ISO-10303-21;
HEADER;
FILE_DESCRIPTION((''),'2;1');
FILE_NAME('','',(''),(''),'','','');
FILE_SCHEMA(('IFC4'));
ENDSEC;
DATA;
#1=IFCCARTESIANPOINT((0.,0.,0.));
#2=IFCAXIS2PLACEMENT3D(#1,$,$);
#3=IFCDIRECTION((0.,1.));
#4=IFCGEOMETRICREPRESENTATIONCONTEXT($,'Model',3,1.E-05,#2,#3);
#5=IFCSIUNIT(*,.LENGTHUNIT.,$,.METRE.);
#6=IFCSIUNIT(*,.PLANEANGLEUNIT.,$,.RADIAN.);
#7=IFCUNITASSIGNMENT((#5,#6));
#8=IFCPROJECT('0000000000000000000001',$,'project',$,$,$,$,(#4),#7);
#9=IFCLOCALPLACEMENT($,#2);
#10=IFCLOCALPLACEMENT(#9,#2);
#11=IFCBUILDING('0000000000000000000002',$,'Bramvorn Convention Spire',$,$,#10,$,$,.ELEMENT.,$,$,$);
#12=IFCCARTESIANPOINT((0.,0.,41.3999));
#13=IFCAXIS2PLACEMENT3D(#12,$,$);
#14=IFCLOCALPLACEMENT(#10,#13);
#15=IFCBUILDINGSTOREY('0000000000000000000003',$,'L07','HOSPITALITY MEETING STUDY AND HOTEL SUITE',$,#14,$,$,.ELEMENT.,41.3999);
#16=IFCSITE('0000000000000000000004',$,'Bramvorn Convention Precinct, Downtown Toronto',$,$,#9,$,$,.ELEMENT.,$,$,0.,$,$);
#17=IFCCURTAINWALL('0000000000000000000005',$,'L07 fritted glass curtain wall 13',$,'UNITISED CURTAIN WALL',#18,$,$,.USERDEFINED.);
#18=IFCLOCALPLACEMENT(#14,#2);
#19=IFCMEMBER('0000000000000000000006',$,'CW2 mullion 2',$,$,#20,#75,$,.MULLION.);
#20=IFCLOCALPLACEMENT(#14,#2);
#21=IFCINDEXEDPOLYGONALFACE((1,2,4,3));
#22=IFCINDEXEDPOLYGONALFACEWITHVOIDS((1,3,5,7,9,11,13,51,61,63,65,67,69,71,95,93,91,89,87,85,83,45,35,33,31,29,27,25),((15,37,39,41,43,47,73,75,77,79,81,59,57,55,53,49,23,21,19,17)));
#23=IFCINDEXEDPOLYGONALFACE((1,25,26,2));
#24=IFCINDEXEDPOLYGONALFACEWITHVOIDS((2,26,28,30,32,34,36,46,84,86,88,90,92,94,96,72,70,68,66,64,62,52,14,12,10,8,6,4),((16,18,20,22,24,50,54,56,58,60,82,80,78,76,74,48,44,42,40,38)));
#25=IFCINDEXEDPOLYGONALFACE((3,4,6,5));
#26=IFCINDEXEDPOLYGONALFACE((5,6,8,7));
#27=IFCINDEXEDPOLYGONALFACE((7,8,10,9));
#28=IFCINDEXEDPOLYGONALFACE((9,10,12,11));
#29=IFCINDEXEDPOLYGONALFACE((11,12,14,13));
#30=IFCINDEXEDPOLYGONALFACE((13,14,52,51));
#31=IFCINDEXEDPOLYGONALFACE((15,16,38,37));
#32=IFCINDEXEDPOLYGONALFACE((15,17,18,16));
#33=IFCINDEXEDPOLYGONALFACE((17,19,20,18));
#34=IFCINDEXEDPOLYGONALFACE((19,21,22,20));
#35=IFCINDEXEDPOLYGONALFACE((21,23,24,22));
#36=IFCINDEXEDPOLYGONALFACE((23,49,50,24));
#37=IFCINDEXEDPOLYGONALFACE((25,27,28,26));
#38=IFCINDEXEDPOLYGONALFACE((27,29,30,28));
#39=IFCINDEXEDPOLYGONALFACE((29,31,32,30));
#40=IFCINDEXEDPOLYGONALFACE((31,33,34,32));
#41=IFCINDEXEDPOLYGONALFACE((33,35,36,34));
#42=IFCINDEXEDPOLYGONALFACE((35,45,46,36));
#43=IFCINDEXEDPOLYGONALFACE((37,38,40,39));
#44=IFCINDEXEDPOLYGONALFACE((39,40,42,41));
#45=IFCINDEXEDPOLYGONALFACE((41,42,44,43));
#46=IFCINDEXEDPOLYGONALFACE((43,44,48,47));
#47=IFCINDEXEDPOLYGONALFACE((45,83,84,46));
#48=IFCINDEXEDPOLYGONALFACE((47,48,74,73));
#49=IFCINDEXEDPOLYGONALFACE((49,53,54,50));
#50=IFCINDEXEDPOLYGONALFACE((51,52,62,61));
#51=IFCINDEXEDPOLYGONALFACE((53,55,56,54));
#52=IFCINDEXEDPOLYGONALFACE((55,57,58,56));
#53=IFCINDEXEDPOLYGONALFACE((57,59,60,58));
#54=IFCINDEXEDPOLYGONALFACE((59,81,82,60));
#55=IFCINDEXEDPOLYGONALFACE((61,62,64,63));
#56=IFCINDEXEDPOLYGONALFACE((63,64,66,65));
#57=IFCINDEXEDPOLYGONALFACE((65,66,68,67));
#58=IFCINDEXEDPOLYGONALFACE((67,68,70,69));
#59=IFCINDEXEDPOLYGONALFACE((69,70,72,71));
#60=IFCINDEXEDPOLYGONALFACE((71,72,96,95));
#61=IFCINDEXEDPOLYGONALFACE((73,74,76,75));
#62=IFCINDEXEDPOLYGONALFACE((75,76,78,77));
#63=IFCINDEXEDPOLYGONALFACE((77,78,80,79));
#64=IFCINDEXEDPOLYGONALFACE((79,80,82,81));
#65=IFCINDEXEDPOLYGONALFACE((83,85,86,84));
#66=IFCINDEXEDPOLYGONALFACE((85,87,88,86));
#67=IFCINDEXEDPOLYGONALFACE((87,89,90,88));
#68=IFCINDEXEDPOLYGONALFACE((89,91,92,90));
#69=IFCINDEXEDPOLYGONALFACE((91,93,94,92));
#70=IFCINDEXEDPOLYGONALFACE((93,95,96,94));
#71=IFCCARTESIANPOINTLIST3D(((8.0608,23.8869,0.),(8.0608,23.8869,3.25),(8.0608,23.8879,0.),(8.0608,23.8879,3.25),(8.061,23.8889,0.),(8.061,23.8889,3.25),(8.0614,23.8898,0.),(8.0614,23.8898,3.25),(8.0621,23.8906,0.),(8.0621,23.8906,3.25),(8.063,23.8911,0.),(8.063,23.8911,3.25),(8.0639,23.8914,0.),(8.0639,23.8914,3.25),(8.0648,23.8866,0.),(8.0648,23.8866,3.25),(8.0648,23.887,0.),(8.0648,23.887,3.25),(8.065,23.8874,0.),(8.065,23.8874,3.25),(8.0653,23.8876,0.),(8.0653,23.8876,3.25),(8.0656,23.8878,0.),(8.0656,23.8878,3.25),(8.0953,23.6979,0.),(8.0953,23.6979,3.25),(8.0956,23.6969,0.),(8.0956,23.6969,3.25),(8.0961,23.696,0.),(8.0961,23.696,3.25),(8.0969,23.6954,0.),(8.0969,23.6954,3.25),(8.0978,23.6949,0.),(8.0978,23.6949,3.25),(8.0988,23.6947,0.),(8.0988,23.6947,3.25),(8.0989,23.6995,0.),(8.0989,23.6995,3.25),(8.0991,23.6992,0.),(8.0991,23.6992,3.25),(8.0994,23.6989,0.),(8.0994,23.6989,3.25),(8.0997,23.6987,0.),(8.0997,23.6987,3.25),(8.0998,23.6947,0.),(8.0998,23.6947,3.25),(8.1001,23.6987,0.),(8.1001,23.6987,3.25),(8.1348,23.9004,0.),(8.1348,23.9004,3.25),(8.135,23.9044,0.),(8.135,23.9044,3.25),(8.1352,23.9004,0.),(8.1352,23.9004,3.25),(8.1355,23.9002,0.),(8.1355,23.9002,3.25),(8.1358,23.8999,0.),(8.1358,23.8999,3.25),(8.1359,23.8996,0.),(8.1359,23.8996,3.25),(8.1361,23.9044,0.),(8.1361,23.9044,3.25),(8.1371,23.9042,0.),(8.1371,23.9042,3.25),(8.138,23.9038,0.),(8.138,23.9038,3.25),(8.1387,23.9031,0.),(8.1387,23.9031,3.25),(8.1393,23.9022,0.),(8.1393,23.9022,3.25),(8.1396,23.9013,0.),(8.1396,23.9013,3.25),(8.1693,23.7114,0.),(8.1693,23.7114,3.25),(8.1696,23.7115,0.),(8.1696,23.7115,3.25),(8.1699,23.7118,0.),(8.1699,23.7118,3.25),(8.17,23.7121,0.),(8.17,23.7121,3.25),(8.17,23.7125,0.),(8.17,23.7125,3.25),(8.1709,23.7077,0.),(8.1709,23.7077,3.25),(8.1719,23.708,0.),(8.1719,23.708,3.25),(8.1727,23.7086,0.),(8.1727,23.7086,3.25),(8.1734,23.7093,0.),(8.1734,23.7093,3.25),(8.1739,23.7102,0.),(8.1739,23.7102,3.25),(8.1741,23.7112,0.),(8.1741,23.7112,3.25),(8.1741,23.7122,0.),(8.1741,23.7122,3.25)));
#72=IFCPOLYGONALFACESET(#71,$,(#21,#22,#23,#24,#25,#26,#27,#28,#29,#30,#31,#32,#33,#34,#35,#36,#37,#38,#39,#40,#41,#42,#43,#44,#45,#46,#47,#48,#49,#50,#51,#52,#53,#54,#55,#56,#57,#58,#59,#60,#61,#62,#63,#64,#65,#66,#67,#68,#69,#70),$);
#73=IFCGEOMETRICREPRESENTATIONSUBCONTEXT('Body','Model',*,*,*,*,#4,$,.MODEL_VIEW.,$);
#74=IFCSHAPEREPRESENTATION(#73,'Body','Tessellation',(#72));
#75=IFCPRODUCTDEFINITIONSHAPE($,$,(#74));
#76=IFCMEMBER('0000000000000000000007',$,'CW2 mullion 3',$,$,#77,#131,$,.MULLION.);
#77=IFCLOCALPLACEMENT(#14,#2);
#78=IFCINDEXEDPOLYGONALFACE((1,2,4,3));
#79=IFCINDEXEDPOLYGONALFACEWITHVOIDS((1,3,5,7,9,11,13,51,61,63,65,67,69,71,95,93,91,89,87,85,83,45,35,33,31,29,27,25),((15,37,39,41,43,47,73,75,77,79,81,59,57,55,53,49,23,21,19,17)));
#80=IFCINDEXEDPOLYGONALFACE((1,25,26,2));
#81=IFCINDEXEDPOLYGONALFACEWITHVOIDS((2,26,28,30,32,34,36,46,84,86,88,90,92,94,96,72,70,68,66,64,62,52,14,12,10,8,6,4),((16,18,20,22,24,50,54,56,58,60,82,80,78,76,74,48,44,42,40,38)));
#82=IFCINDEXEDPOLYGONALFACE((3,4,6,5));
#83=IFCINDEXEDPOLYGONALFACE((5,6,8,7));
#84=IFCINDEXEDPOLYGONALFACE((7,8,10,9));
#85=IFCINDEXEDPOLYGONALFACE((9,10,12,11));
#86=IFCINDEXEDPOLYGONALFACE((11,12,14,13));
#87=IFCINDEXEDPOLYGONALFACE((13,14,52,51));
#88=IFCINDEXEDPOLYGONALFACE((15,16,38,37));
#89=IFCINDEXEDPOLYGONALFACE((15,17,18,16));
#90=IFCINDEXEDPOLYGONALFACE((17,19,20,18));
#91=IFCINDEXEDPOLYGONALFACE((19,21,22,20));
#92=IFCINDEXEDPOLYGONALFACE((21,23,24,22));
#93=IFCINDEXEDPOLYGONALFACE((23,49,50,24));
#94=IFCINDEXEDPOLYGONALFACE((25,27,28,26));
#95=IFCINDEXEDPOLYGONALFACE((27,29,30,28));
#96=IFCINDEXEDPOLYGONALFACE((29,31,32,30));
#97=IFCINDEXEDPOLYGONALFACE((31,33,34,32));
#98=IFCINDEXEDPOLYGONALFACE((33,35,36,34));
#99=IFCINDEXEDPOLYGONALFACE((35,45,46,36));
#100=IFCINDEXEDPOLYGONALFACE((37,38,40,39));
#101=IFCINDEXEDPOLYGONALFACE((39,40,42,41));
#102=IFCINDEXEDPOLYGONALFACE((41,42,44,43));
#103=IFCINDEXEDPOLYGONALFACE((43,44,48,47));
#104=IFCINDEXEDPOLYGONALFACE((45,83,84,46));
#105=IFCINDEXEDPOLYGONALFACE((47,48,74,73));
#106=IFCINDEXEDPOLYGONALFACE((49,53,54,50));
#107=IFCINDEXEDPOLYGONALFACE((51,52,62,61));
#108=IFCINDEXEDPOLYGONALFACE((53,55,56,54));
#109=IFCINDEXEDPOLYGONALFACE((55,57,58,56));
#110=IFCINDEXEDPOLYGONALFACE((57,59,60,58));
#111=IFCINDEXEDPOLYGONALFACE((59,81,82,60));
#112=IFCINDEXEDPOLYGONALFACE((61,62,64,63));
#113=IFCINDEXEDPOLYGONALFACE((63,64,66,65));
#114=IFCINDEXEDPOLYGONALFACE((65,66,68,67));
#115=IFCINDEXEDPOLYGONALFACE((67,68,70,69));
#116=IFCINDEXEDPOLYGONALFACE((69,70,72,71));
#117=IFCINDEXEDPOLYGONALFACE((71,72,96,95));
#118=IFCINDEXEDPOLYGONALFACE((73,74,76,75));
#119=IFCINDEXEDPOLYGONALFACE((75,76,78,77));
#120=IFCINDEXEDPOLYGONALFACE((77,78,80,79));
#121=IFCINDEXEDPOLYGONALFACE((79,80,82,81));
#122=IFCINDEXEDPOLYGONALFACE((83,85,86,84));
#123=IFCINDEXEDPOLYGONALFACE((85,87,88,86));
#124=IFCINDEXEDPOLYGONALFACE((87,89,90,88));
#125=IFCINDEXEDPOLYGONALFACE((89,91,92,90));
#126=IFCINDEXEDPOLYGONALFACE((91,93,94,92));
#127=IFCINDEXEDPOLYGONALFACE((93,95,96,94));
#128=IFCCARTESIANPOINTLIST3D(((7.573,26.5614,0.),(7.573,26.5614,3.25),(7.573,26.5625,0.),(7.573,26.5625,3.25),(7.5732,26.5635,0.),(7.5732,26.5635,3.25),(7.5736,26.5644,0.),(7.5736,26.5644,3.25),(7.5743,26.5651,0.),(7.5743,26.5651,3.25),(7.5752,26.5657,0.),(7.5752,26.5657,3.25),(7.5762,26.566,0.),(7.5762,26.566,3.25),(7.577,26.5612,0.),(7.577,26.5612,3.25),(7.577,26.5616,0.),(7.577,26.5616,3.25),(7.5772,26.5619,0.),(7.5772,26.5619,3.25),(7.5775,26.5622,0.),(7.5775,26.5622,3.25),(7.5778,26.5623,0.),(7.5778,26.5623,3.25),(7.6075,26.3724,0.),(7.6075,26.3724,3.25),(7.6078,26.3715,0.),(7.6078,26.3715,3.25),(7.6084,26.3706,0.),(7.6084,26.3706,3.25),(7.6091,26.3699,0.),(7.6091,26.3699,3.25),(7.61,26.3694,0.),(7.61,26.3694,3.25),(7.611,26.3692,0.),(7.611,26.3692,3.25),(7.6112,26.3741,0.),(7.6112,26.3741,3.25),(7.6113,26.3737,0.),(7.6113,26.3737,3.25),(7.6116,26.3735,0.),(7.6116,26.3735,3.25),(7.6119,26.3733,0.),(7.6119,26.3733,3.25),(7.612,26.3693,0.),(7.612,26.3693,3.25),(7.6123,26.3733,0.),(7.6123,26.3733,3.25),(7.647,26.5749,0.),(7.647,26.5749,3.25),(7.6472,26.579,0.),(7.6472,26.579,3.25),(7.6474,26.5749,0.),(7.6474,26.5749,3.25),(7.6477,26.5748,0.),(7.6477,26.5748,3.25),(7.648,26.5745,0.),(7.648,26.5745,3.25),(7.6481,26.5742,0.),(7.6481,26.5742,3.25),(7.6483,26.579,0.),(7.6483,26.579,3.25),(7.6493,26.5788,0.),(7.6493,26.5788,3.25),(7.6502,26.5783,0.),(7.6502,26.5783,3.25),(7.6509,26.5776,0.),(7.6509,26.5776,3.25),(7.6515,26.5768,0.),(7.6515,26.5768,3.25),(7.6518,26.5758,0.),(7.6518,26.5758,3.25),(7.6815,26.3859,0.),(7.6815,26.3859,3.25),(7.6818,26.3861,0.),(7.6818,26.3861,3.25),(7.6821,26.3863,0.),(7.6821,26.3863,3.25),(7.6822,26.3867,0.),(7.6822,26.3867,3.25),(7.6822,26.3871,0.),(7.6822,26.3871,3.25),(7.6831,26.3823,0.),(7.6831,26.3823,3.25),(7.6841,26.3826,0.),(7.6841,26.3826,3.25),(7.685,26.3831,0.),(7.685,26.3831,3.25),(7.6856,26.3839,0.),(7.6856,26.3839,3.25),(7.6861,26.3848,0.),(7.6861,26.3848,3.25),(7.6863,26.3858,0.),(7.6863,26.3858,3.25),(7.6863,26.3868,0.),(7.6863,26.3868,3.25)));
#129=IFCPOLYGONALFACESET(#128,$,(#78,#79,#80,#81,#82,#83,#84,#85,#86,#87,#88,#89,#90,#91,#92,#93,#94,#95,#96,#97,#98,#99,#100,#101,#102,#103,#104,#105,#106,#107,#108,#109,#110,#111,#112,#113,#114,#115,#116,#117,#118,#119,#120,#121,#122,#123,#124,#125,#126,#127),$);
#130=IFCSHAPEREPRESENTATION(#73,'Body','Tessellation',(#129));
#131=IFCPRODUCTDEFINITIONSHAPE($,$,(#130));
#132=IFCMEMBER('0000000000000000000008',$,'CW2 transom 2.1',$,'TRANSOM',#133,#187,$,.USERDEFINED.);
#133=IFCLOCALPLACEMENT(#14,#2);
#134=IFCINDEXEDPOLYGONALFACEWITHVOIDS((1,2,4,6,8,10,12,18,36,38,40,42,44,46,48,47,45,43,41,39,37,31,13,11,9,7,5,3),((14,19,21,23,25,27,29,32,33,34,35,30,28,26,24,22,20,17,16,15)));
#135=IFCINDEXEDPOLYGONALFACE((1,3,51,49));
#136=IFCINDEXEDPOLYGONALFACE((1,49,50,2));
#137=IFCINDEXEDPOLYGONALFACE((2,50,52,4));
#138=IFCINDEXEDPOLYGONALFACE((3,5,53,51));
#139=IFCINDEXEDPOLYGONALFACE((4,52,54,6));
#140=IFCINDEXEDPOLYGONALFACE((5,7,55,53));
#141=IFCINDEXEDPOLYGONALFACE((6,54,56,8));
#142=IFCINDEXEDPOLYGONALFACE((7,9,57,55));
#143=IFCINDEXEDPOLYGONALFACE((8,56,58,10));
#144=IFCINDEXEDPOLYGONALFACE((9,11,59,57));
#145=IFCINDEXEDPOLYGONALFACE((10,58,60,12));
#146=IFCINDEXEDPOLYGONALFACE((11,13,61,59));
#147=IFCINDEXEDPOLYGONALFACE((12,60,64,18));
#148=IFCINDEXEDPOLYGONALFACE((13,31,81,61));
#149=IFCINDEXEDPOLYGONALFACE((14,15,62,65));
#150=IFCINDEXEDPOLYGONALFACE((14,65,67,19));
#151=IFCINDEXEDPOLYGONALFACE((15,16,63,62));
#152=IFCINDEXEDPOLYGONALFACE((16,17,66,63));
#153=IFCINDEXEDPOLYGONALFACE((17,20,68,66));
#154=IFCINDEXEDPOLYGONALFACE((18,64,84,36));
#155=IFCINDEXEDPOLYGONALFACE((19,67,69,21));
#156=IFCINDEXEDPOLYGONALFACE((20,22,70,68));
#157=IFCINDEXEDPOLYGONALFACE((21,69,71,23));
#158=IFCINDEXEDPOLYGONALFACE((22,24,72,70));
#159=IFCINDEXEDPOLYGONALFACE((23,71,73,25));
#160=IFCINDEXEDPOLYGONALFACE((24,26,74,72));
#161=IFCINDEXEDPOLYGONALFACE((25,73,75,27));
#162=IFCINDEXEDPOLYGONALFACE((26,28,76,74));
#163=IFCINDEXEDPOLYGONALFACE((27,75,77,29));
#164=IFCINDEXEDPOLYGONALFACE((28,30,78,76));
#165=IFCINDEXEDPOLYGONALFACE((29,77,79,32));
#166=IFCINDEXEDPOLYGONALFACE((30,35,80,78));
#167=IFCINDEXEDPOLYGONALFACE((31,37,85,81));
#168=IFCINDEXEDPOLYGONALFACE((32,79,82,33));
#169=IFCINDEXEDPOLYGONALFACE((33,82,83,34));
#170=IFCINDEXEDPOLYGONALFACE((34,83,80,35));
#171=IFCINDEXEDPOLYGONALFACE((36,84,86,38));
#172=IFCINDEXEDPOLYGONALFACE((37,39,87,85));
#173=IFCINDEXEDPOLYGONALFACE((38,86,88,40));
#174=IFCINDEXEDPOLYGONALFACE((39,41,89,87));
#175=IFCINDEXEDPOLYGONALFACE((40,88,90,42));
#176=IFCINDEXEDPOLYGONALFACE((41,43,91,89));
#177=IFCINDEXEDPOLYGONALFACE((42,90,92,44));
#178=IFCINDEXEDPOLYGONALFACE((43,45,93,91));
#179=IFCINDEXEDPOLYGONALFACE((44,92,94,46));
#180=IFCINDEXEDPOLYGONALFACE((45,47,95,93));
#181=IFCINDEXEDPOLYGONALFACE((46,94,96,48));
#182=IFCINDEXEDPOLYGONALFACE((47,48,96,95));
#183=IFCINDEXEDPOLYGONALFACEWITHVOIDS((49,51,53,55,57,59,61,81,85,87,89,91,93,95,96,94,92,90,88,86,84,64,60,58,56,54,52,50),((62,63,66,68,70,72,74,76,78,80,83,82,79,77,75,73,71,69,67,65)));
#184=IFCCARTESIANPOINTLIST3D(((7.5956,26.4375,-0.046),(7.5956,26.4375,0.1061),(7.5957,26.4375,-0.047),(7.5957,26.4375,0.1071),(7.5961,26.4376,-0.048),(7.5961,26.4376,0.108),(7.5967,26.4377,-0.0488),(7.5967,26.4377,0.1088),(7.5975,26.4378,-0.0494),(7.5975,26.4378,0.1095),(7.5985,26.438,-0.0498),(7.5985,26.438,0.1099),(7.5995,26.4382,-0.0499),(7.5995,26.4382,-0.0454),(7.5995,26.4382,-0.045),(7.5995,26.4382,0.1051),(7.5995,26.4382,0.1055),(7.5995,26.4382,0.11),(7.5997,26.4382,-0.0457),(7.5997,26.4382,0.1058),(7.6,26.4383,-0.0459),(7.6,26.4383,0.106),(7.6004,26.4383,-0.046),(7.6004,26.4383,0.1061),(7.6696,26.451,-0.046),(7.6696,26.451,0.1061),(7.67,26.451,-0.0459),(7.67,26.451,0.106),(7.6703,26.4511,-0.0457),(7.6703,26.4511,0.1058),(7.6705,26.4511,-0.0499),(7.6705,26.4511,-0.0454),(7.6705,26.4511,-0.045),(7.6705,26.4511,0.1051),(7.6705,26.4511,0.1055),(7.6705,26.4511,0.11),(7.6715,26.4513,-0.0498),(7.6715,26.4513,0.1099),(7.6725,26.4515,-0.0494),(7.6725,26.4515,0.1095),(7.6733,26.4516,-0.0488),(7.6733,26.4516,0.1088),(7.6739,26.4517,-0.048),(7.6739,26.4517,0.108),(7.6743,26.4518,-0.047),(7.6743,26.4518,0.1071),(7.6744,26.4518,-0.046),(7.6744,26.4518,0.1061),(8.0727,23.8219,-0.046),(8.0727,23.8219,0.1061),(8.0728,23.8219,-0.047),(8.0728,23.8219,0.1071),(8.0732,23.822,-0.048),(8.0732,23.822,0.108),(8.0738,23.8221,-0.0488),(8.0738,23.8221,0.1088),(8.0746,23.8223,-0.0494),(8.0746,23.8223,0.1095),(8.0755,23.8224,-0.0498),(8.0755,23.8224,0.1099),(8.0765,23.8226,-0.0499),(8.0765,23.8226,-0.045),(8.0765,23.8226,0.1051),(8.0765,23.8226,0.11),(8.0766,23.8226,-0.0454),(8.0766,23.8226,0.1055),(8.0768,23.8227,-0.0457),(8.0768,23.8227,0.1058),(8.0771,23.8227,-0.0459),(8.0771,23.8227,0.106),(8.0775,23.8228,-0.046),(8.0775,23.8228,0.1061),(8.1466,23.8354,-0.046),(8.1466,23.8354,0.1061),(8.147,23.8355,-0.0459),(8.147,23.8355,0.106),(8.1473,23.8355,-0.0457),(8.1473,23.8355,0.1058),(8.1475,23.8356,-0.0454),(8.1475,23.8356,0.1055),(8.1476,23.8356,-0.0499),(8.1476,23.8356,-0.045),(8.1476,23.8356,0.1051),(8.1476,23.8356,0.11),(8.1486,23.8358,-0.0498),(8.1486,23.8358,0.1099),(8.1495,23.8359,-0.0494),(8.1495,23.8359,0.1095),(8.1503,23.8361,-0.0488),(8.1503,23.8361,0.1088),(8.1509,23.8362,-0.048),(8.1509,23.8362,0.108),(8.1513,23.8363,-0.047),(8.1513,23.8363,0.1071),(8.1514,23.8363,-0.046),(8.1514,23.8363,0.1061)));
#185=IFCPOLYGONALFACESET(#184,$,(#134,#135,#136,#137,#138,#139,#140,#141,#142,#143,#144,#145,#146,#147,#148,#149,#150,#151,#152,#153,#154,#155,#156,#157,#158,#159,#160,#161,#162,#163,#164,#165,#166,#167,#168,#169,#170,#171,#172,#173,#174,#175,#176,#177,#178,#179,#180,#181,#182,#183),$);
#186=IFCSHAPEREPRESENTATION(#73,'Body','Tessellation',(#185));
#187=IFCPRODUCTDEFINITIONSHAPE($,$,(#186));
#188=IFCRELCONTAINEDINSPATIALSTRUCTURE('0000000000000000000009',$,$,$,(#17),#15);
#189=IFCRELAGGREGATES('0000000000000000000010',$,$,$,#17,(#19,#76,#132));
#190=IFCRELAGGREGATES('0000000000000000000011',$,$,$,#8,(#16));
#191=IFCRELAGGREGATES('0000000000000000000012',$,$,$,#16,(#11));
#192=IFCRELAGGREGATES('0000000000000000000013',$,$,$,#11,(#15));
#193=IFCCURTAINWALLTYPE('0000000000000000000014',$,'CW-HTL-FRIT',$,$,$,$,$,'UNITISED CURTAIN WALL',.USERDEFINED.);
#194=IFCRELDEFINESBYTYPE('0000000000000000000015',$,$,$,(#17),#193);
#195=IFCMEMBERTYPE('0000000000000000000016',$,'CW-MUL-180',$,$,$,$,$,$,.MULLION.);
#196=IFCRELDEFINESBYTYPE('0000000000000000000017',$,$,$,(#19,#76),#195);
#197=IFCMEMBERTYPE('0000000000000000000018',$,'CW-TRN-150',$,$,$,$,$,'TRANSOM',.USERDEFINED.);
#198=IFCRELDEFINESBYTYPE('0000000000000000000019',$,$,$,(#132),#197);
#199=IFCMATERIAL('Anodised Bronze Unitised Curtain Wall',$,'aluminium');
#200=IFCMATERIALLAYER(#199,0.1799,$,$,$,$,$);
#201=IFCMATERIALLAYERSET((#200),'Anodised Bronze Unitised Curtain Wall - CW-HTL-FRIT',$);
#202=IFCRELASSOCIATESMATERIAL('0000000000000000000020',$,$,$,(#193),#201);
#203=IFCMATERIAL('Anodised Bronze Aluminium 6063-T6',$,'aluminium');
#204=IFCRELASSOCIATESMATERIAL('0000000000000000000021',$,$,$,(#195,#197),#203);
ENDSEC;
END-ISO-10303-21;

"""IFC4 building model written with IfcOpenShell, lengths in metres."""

from ifc_helpers import new_model, si_unit, direction, frame, origin, origin_2d, place, context, subcontext, project, spatial, hollow_rectangle, extrude, material, layer, layer_set, material_profile, profile_set, type_object, element, aggregate, save


model = new_model("IFC4")

# Units and contexts
model_context = context("Model", 3, precision=1e-05, world=origin(), true_north=direction((0.0, 1.0)))
body_context = subcontext(model_context, "Body", "Model", "MODEL_VIEW")
ifc_project = project(units=[si_unit("LENGTHUNIT", "METRE"), si_unit("PLANEANGLEUNIT", "RADIAN")], contexts=[model_context])

# Site, building, storey
site_placement = place(None, origin())
site = spatial("IfcSite", under=ifc_project, at=site_placement, Name="Bramvorn Convention Precinct, Downtown Toronto", CompositionType="ELEMENT", RefElevation=0.0)
building_placement = place(site_placement, origin())
building = spatial("IfcBuilding", under=site, at=building_placement, Name="Bramvorn Convention Spire", CompositionType="ELEMENT")
storey_placement = place(building_placement, frame((0.0, 0.0, 41.3999)))
storey = spatial("IfcBuildingStorey", under=building, at=storey_placement, Name="L07", Description="HOSPITALITY MEETING STUDY AND HOTEL SUITE", CompositionType="ELEMENT", Elevation=41.3999)

# Curtain wall, members
ifc_material_1 = material(Name="Anodised Bronze Unitised Curtain Wall", Category="aluminium")
ifc_layer_1 = layer(ifc_material_1, 0.1799)
ifc_layer_set_1 = layer_set([ifc_layer_1], Name="Anodised Bronze Unitised Curtain Wall - CW-HTL-FRIT")
curtain_wall_type = type_object("IfcCurtainWallType", Name="CW-HTL-FRIT", ElementType="UNITISED CURTAIN WALL", PredefinedType="USERDEFINED", material=ifc_layer_set_1)
curtain_wall_placement = place(storey_placement, origin())
curtain_wall = element("IfcCurtainWall", 1, at=curtain_wall_placement, inside=storey, type_object=curtain_wall_type, Name="L07 fritted glass curtain wall 13", ObjectType="UNITISED CURTAIN WALL", PredefinedType="USERDEFINED")
ifc_material_2 = material(Name="Anodised Bronze Aluminium 6063-T6", Category="aluminium")
ifc_material_profile_1 = material_profile(ifc_material_2, hollow_rectangle(XDim=0.0801, YDim=0.2, WallThickness=0.0039, InnerFilletRadius=0.001, OuterFilletRadius=0.0039, at=origin_2d()))
ifc_profile_set_1 = profile_set([ifc_material_profile_1], Name="Anodised Bronze Aluminium 6063-T6 - CWM80X200")
member_type_1 = type_object("IfcMemberType", Name="CW-MUL-180", PredefinedType="MULLION", material=ifc_profile_set_1)
member_1_placement = place(storey_placement, frame((8.1174, 23.7996, 0.0), z_axis=(0.0, 0.0, 1.0), x_axis=(-0.983768, -0.179447, 0.0)))
member_1 = element("IfcMember", 2, at=member_1_placement, type_object=member_type_1, Name="CW2 mullion 2", PredefinedType="MULLION", context=body_context, shape_type="SweptSolid", body=[
    extrude(hollow_rectangle(XDim=0.0801, YDim=0.2, WallThickness=0.0039, InnerFilletRadius=0.001, OuterFilletRadius=0.0039, at=origin_2d()), origin(), (0.0, 0.0, 1.0), 3.25),
])
member_2_placement = place(storey_placement, frame((7.6296, 26.4741, 0.0), z_axis=(0.0, 0.0, 1.0), x_axis=(-0.983768, -0.179447, 0.0)))
member_2 = element("IfcMember", 3, at=member_2_placement, type_object=member_type_1, Name="CW2 mullion 3", PredefinedType="MULLION", context=body_context, shape_type="SweptSolid", body=[
    extrude(hollow_rectangle(XDim=0.0801, YDim=0.2, WallThickness=0.0039, InnerFilletRadius=0.001, OuterFilletRadius=0.0039, at=origin_2d()), origin(), (0.0, 0.0, 1.0), 3.25),
])
ifc_material_profile_2 = material_profile(ifc_material_2, hollow_rectangle(XDim=0.0801, YDim=0.1599, WallThickness=0.0039, InnerFilletRadius=0.001, OuterFilletRadius=0.0039, at=origin_2d()))
ifc_profile_set_2 = profile_set([ifc_material_profile_2], Name="Anodised Bronze Aluminium 6063-T6 - CWT80X160")
member_type_2 = type_object("IfcMemberType", Name="CW-TRN-150", ElementType="TRANSOM", PredefinedType="USERDEFINED", material=ifc_profile_set_2)
member_3_placement = place(storey_placement, frame((8.1121, 23.8291, 0.03), z_axis=(-0.179435, 0.98377, 0.0), x_axis=(-0.98377, -0.179435, 0.0)))
member_3 = element("IfcMember", 4, at=member_3_placement, type_object=member_type_2, Name="CW2 transom 2.1", ObjectType="TRANSOM", PredefinedType="USERDEFINED", context=body_context, shape_type="SweptSolid", body=[
    extrude(hollow_rectangle(XDim=0.0801, YDim=0.1599, WallThickness=0.0039, InnerFilletRadius=0.001, OuterFilletRadius=0.0039, at=origin_2d()), origin(), (0.0, 0.0, 1.0), 2.6587),
])
aggregate(curtain_wall, [member_1, member_2, member_3])

save(model, "model.ifc")
